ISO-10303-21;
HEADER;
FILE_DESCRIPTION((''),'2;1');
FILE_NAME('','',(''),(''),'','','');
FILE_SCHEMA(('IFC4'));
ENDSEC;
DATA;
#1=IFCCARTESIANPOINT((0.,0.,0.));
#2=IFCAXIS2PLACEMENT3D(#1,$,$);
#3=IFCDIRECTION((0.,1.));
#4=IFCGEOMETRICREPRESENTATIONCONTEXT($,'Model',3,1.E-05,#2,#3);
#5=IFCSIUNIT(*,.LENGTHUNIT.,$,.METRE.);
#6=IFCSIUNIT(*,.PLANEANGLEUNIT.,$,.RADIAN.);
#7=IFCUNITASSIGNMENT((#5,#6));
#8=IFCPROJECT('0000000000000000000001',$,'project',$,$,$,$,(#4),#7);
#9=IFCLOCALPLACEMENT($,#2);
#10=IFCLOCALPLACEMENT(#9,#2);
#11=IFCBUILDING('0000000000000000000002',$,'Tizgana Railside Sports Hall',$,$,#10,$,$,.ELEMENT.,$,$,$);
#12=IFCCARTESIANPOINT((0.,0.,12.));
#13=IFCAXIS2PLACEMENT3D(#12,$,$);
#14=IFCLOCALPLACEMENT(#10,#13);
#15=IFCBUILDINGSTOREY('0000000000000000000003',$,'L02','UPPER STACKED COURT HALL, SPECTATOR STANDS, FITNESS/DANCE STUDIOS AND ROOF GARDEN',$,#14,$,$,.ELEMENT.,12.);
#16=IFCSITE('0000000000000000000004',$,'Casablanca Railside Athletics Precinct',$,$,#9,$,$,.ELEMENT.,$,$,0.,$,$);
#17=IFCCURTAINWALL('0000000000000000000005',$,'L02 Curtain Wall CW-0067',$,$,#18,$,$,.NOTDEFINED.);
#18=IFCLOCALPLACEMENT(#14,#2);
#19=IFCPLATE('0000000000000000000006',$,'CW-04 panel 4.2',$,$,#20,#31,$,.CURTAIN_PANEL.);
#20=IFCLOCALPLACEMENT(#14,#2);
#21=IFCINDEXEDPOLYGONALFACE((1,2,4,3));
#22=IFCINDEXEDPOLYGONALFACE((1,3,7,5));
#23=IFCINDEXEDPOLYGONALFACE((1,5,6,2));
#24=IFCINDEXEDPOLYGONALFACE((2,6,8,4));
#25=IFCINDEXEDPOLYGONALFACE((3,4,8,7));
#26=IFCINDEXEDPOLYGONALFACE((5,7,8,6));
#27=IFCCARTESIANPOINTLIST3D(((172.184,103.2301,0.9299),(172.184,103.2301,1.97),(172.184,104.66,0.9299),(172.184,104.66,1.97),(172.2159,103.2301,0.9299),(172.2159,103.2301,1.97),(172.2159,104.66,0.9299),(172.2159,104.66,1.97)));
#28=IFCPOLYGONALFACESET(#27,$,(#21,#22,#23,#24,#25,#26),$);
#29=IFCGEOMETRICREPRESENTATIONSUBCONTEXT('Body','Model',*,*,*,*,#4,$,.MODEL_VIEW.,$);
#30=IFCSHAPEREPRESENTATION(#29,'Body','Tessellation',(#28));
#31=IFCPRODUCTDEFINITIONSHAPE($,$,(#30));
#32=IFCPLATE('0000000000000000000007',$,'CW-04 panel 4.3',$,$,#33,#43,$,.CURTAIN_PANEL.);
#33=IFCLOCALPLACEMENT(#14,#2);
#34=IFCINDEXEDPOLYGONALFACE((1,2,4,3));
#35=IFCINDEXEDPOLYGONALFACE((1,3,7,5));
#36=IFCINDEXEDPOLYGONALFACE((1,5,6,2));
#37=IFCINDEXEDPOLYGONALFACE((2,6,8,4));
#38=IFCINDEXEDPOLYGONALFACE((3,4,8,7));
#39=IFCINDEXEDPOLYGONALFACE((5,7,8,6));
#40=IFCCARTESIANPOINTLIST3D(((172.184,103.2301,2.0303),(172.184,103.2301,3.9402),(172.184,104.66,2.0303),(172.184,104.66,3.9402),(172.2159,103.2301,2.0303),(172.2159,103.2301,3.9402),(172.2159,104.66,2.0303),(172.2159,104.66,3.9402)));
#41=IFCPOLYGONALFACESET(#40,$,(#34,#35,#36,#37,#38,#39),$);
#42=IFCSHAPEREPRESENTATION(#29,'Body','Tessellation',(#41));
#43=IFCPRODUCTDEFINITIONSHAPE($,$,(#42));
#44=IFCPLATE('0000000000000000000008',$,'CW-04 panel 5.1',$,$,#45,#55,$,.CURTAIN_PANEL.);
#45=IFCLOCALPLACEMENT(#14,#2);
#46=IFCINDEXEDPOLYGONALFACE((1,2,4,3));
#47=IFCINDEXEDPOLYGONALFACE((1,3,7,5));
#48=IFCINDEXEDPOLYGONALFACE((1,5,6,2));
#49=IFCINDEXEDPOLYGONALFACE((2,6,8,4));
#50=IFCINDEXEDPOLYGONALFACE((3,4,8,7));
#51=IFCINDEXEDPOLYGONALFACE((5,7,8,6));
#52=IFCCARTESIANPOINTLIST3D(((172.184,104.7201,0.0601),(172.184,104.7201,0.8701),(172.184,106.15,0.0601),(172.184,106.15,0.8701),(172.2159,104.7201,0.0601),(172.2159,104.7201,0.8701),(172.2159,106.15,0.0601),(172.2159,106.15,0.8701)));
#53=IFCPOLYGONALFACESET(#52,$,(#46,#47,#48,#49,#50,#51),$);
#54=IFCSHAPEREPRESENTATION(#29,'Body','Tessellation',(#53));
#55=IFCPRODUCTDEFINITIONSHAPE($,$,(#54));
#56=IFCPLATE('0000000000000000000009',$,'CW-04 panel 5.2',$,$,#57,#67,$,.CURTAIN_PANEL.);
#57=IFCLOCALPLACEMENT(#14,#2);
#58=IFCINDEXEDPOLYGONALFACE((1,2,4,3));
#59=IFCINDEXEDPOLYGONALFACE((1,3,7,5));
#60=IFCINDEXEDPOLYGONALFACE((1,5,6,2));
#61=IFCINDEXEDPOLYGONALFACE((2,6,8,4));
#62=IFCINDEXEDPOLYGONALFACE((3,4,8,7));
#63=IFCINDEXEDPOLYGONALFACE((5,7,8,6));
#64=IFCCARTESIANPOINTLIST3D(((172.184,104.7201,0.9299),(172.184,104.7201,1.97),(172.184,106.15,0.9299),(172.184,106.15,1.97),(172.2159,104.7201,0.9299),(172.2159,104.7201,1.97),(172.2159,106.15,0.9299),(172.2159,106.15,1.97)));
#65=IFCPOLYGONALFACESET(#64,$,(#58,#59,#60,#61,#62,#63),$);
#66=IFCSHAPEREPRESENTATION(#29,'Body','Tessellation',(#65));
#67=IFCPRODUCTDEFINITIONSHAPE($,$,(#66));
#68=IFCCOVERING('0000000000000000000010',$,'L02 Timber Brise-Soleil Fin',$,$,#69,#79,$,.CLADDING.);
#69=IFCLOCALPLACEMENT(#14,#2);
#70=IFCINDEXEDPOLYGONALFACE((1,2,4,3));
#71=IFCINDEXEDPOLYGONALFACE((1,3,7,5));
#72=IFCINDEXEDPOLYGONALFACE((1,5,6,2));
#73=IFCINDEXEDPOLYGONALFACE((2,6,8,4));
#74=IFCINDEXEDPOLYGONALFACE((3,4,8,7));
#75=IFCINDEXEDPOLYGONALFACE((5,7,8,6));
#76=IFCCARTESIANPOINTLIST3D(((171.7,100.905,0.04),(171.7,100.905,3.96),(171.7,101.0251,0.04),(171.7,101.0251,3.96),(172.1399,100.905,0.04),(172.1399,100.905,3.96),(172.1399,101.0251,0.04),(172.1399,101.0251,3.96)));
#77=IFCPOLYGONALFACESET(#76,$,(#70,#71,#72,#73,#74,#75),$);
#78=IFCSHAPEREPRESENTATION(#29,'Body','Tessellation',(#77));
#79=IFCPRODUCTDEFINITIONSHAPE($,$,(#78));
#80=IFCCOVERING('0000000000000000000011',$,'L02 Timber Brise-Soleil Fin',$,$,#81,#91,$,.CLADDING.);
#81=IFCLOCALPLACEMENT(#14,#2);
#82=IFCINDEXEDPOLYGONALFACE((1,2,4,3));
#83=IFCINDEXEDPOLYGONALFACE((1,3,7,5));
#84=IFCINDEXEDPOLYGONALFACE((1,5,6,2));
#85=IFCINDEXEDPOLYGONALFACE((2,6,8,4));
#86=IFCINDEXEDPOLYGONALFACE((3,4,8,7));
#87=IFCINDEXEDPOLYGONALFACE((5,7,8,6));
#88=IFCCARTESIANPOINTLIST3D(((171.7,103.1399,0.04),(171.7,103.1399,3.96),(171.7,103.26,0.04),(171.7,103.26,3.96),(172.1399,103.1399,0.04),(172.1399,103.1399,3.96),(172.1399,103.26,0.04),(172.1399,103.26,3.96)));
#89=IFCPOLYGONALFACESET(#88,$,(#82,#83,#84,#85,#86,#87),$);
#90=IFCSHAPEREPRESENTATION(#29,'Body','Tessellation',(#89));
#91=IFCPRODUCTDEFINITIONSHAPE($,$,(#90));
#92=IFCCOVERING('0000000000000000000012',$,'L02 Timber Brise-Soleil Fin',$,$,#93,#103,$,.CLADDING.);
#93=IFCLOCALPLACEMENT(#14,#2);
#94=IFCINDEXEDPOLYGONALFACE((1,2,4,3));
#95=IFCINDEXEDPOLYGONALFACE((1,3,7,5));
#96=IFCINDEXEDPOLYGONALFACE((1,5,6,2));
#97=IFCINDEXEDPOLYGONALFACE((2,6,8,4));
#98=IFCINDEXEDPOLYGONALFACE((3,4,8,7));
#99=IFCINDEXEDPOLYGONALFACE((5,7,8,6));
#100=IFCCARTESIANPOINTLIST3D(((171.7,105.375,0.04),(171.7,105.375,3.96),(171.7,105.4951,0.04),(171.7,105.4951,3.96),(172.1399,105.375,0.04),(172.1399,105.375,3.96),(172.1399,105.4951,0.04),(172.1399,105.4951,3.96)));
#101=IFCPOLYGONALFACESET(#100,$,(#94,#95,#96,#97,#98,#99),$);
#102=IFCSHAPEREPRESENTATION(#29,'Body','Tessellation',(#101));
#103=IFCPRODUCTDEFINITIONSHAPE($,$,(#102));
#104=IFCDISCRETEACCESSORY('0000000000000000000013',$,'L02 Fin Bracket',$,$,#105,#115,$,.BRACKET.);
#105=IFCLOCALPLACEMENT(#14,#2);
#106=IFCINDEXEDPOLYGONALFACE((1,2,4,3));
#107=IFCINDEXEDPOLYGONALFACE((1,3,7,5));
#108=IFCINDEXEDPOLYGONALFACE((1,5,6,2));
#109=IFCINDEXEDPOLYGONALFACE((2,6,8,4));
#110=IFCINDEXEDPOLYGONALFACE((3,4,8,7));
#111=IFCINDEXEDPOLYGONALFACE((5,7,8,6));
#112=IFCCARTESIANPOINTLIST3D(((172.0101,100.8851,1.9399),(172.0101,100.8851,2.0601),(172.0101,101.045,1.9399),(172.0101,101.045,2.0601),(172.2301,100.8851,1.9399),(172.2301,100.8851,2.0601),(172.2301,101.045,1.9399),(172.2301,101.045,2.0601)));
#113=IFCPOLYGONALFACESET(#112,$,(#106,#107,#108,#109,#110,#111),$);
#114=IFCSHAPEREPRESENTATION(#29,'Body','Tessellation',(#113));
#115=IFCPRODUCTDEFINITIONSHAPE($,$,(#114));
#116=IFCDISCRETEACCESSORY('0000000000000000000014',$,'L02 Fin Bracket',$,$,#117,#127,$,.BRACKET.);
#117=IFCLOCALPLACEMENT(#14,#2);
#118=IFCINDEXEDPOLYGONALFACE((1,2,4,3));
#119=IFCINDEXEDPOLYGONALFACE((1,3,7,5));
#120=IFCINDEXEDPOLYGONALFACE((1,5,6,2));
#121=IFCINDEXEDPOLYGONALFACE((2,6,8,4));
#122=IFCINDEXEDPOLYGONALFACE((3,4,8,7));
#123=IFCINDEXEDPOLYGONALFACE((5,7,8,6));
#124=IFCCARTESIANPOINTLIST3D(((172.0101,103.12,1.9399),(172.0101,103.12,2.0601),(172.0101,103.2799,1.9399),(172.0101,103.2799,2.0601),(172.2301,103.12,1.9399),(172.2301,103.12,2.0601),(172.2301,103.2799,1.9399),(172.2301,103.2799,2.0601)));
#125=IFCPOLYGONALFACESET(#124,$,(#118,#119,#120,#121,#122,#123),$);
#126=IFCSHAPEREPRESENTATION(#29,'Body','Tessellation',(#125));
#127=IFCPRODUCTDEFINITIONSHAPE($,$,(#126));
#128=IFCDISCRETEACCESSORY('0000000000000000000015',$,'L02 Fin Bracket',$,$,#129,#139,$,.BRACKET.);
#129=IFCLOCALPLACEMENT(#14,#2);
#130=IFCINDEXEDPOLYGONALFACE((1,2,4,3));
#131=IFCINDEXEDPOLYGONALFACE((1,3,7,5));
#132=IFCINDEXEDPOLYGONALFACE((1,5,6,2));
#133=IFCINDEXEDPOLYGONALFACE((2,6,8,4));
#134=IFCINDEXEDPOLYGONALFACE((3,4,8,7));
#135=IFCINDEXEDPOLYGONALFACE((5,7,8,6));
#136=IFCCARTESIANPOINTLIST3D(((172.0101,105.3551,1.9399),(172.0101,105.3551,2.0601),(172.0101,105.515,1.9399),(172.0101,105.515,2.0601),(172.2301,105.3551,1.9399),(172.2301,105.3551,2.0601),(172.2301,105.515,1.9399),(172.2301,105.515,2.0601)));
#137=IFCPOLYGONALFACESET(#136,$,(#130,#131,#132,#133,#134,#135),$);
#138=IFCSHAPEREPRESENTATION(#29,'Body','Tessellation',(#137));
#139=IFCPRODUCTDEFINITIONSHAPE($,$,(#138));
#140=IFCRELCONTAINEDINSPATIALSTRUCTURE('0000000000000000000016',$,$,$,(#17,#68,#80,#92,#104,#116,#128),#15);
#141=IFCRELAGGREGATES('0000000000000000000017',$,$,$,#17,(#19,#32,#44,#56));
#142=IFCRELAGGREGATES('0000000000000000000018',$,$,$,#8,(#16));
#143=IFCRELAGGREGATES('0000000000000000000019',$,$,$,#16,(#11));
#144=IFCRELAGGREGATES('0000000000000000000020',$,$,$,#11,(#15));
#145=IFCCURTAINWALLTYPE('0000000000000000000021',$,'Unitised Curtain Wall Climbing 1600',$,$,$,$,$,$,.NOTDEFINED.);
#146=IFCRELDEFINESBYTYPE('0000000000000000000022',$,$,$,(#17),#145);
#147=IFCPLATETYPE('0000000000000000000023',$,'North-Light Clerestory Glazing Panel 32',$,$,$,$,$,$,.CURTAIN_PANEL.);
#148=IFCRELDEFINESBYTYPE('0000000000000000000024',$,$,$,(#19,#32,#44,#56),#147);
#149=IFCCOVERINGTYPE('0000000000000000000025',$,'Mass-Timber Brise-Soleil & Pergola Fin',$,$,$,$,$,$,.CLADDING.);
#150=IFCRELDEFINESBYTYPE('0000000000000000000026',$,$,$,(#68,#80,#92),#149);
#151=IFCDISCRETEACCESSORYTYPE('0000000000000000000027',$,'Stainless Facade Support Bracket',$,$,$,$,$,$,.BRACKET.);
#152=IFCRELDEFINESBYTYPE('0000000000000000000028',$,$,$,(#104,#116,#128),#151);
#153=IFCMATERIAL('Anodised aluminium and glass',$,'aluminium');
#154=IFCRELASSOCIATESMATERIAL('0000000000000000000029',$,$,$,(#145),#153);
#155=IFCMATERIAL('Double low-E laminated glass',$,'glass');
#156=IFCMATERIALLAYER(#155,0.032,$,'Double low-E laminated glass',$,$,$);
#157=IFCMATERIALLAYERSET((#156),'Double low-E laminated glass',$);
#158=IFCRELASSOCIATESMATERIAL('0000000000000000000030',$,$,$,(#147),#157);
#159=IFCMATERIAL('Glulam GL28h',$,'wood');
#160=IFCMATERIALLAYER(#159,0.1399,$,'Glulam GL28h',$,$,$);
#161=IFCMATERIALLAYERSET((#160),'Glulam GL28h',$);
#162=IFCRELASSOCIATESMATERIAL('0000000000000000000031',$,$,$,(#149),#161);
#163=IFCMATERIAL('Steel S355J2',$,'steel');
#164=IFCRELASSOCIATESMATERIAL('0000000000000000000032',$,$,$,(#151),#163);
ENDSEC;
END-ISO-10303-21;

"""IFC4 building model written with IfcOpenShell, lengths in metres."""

from ifc_helpers import new_model, si_unit, direction, frame, origin, origin_2d, place, context, subcontext, project, spatial, rectangle, extrude, material, layer, layer_set, type_object, element, aggregate, save


model = new_model("IFC4")

# Units and contexts
model_context = context("Model", 3, precision=1e-05, world=origin(), true_north=direction((0.0, 1.0)))
body_context = subcontext(model_context, "Body", "Model", "MODEL_VIEW")
ifc_project = project(units=[si_unit("LENGTHUNIT", "METRE"), si_unit("PLANEANGLEUNIT", "RADIAN")], contexts=[model_context])

# Site, building, storey
site_placement = place(None, origin())
site = spatial("IfcSite", under=ifc_project, at=site_placement, Name="Casablanca Railside Athletics Precinct", CompositionType="ELEMENT", RefElevation=0.0)
building_placement = place(site_placement, origin())
building = spatial("IfcBuilding", under=site, at=building_placement, Name="Tizgana Railside Sports Hall", CompositionType="ELEMENT")
storey_placement = place(building_placement, frame((0.0, 0.0, 12.0)))
storey = spatial("IfcBuildingStorey", under=building, at=storey_placement, Name="L02", Description="UPPER STACKED COURT HALL, SPECTATOR STANDS, FITNESS/DANCE STUDIOS AND ROOF GARDEN", CompositionType="ELEMENT", Elevation=12.0)

# Curtain wall, plates
ifc_material_1 = material(Name="Anodised aluminium and glass", Category="aluminium")
curtain_wall_type = type_object("IfcCurtainWallType", Name="Unitised Curtain Wall Climbing 1600", PredefinedType="NOTDEFINED", material=ifc_material_1)
curtain_wall_placement = place(storey_placement, origin())
curtain_wall = element("IfcCurtainWall", 1, at=curtain_wall_placement, inside=storey, type_object=curtain_wall_type, Name="L02 Curtain Wall CW-0067", PredefinedType="NOTDEFINED")
ifc_material_2 = material(Name="Double low-E laminated glass", Category="glass")
ifc_layer_1 = layer(ifc_material_2, 0.032, Name="Double low-E laminated glass")
ifc_layer_set_1 = layer_set([ifc_layer_1], Name="Double low-E laminated glass")
plate_type = type_object("IfcPlateType", Name="North-Light Clerestory Glazing Panel 32", PredefinedType="CURTAIN_PANEL", material=ifc_layer_set_1)
plate_1_placement = place(storey_placement, frame((172.2, 103.9451, 0.9299), z_axis=(0.0, 0.0, 1.0), x_axis=(0.0, 1.0, 0.0)))
plate_1 = element("IfcPlate", 2, at=plate_1_placement, type_object=plate_type, Name="CW-04 panel 4.2", PredefinedType="CURTAIN_PANEL", context=body_context, shape_type="SweptSolid", body=[
    extrude(rectangle(XDim=1.4299, YDim=0.032, at=origin_2d()), origin(), (0.0, 0.0, 1.0), 1.04),
])
plate_2_placement = place(storey_placement, frame((172.2, 103.9451, 2.0303), z_axis=(0.0, 0.0, 1.0), x_axis=(0.0, 1.0, 0.0)))
plate_2 = element("IfcPlate", 3, at=plate_2_placement, type_object=plate_type, Name="CW-04 panel 4.3", PredefinedType="CURTAIN_PANEL", context=body_context, shape_type="SweptSolid", body=[
    extrude(rectangle(XDim=1.4299, YDim=0.032, at=origin_2d()), origin(), (0.0, 0.0, 1.0), 1.9099),
])
plate_3_placement = place(storey_placement, frame((172.2, 105.4351, 0.0601), z_axis=(0.0, 0.0, 1.0), x_axis=(0.0, 1.0, 0.0)))
plate_3 = element("IfcPlate", 4, at=plate_3_placement, type_object=plate_type, Name="CW-04 panel 5.1", PredefinedType="CURTAIN_PANEL", context=body_context, shape_type="SweptSolid", body=[
    extrude(rectangle(XDim=1.4299, YDim=0.032, at=origin_2d()), origin(), (0.0, 0.0, 1.0), 0.8101),
])
plate_4_placement = place(storey_placement, frame((172.2, 105.4351, 0.9299), z_axis=(0.0, 0.0, 1.0), x_axis=(0.0, 1.0, 0.0)))
plate_4 = element("IfcPlate", 5, at=plate_4_placement, type_object=plate_type, Name="CW-04 panel 5.2", PredefinedType="CURTAIN_PANEL", context=body_context, shape_type="SweptSolid", body=[
    extrude(rectangle(XDim=1.4299, YDim=0.032, at=origin_2d()), origin(), (0.0, 0.0, 1.0), 1.04),
])
aggregate(curtain_wall, [plate_1, plate_2, plate_3, plate_4])

# Coverings
ifc_material_3 = material(Name="Glulam GL28h", Category="wood")
ifc_layer_2 = layer(ifc_material_3, 0.1399, Name="Glulam GL28h")
ifc_layer_set_2 = layer_set([ifc_layer_2], Name="Glulam GL28h")
covering_type = type_object("IfcCoveringType", Name="Mass-Timber Brise-Soleil & Pergola Fin", PredefinedType="CLADDING", material=ifc_layer_set_2)
for number, where, z_axis, x_axis, name in (
    (6, (171.9199, 100.9651, 0.04), (0.0, 0.0, 1.0), (0.0, 1.0, 0.0), "L02 Timber Brise-Soleil Fin"),
    (7, (171.9199, 103.2, 0.04), (0.0, 0.0, 1.0), (0.0, 1.0, 0.0), "L02 Timber Brise-Soleil Fin"),
    (8, (171.9199, 105.4351, 0.04), (0.0, 0.0, 1.0), (0.0, 1.0, 0.0), "L02 Timber Brise-Soleil Fin"),
):
    element("IfcCovering", number, at=place(storey_placement, frame(where, z_axis=z_axis, x_axis=x_axis)), inside=storey, type_object=covering_type, Name=name, PredefinedType="CLADDING", context=body_context, shape_type="SweptSolid", body=[
        extrude(rectangle(XDim=0.1201, YDim=0.4399, at=origin_2d()), origin(), (0.0, 0.0, 1.0), 3.9199),
    ])

# Discrete accessories
ifc_material_4 = material(Name="Steel S355J2", Category="steel")
discrete_accessory_type = type_object("IfcDiscreteAccessoryType", Name="Stainless Facade Support Bracket", PredefinedType="BRACKET", material=ifc_material_4)
for number, where, z_axis, x_axis, name in (
    (9, (172.1201, 100.9651, 1.9399), (0.0, 0.0, 1.0), (0.0, 1.0, 0.0), "L02 Fin Bracket"),
    (10, (172.1201, 103.2, 1.9399), (0.0, 0.0, 1.0), (0.0, 1.0, 0.0), "L02 Fin Bracket"),
    (11, (172.1201, 105.4351, 1.9399), (0.0, 0.0, 1.0), (0.0, 1.0, 0.0), "L02 Fin Bracket"),
):
    element("IfcDiscreteAccessory", number, at=place(storey_placement, frame(where, z_axis=z_axis, x_axis=x_axis)), inside=storey, type_object=discrete_accessory_type, Name=name, PredefinedType="BRACKET", context=body_context, shape_type="SweptSolid", body=[
        extrude(rectangle(XDim=0.1599, YDim=0.22, at=origin_2d()), origin(), (0.0, 0.0, 1.0), 0.1201),
    ])

save(model, "model.ifc")
